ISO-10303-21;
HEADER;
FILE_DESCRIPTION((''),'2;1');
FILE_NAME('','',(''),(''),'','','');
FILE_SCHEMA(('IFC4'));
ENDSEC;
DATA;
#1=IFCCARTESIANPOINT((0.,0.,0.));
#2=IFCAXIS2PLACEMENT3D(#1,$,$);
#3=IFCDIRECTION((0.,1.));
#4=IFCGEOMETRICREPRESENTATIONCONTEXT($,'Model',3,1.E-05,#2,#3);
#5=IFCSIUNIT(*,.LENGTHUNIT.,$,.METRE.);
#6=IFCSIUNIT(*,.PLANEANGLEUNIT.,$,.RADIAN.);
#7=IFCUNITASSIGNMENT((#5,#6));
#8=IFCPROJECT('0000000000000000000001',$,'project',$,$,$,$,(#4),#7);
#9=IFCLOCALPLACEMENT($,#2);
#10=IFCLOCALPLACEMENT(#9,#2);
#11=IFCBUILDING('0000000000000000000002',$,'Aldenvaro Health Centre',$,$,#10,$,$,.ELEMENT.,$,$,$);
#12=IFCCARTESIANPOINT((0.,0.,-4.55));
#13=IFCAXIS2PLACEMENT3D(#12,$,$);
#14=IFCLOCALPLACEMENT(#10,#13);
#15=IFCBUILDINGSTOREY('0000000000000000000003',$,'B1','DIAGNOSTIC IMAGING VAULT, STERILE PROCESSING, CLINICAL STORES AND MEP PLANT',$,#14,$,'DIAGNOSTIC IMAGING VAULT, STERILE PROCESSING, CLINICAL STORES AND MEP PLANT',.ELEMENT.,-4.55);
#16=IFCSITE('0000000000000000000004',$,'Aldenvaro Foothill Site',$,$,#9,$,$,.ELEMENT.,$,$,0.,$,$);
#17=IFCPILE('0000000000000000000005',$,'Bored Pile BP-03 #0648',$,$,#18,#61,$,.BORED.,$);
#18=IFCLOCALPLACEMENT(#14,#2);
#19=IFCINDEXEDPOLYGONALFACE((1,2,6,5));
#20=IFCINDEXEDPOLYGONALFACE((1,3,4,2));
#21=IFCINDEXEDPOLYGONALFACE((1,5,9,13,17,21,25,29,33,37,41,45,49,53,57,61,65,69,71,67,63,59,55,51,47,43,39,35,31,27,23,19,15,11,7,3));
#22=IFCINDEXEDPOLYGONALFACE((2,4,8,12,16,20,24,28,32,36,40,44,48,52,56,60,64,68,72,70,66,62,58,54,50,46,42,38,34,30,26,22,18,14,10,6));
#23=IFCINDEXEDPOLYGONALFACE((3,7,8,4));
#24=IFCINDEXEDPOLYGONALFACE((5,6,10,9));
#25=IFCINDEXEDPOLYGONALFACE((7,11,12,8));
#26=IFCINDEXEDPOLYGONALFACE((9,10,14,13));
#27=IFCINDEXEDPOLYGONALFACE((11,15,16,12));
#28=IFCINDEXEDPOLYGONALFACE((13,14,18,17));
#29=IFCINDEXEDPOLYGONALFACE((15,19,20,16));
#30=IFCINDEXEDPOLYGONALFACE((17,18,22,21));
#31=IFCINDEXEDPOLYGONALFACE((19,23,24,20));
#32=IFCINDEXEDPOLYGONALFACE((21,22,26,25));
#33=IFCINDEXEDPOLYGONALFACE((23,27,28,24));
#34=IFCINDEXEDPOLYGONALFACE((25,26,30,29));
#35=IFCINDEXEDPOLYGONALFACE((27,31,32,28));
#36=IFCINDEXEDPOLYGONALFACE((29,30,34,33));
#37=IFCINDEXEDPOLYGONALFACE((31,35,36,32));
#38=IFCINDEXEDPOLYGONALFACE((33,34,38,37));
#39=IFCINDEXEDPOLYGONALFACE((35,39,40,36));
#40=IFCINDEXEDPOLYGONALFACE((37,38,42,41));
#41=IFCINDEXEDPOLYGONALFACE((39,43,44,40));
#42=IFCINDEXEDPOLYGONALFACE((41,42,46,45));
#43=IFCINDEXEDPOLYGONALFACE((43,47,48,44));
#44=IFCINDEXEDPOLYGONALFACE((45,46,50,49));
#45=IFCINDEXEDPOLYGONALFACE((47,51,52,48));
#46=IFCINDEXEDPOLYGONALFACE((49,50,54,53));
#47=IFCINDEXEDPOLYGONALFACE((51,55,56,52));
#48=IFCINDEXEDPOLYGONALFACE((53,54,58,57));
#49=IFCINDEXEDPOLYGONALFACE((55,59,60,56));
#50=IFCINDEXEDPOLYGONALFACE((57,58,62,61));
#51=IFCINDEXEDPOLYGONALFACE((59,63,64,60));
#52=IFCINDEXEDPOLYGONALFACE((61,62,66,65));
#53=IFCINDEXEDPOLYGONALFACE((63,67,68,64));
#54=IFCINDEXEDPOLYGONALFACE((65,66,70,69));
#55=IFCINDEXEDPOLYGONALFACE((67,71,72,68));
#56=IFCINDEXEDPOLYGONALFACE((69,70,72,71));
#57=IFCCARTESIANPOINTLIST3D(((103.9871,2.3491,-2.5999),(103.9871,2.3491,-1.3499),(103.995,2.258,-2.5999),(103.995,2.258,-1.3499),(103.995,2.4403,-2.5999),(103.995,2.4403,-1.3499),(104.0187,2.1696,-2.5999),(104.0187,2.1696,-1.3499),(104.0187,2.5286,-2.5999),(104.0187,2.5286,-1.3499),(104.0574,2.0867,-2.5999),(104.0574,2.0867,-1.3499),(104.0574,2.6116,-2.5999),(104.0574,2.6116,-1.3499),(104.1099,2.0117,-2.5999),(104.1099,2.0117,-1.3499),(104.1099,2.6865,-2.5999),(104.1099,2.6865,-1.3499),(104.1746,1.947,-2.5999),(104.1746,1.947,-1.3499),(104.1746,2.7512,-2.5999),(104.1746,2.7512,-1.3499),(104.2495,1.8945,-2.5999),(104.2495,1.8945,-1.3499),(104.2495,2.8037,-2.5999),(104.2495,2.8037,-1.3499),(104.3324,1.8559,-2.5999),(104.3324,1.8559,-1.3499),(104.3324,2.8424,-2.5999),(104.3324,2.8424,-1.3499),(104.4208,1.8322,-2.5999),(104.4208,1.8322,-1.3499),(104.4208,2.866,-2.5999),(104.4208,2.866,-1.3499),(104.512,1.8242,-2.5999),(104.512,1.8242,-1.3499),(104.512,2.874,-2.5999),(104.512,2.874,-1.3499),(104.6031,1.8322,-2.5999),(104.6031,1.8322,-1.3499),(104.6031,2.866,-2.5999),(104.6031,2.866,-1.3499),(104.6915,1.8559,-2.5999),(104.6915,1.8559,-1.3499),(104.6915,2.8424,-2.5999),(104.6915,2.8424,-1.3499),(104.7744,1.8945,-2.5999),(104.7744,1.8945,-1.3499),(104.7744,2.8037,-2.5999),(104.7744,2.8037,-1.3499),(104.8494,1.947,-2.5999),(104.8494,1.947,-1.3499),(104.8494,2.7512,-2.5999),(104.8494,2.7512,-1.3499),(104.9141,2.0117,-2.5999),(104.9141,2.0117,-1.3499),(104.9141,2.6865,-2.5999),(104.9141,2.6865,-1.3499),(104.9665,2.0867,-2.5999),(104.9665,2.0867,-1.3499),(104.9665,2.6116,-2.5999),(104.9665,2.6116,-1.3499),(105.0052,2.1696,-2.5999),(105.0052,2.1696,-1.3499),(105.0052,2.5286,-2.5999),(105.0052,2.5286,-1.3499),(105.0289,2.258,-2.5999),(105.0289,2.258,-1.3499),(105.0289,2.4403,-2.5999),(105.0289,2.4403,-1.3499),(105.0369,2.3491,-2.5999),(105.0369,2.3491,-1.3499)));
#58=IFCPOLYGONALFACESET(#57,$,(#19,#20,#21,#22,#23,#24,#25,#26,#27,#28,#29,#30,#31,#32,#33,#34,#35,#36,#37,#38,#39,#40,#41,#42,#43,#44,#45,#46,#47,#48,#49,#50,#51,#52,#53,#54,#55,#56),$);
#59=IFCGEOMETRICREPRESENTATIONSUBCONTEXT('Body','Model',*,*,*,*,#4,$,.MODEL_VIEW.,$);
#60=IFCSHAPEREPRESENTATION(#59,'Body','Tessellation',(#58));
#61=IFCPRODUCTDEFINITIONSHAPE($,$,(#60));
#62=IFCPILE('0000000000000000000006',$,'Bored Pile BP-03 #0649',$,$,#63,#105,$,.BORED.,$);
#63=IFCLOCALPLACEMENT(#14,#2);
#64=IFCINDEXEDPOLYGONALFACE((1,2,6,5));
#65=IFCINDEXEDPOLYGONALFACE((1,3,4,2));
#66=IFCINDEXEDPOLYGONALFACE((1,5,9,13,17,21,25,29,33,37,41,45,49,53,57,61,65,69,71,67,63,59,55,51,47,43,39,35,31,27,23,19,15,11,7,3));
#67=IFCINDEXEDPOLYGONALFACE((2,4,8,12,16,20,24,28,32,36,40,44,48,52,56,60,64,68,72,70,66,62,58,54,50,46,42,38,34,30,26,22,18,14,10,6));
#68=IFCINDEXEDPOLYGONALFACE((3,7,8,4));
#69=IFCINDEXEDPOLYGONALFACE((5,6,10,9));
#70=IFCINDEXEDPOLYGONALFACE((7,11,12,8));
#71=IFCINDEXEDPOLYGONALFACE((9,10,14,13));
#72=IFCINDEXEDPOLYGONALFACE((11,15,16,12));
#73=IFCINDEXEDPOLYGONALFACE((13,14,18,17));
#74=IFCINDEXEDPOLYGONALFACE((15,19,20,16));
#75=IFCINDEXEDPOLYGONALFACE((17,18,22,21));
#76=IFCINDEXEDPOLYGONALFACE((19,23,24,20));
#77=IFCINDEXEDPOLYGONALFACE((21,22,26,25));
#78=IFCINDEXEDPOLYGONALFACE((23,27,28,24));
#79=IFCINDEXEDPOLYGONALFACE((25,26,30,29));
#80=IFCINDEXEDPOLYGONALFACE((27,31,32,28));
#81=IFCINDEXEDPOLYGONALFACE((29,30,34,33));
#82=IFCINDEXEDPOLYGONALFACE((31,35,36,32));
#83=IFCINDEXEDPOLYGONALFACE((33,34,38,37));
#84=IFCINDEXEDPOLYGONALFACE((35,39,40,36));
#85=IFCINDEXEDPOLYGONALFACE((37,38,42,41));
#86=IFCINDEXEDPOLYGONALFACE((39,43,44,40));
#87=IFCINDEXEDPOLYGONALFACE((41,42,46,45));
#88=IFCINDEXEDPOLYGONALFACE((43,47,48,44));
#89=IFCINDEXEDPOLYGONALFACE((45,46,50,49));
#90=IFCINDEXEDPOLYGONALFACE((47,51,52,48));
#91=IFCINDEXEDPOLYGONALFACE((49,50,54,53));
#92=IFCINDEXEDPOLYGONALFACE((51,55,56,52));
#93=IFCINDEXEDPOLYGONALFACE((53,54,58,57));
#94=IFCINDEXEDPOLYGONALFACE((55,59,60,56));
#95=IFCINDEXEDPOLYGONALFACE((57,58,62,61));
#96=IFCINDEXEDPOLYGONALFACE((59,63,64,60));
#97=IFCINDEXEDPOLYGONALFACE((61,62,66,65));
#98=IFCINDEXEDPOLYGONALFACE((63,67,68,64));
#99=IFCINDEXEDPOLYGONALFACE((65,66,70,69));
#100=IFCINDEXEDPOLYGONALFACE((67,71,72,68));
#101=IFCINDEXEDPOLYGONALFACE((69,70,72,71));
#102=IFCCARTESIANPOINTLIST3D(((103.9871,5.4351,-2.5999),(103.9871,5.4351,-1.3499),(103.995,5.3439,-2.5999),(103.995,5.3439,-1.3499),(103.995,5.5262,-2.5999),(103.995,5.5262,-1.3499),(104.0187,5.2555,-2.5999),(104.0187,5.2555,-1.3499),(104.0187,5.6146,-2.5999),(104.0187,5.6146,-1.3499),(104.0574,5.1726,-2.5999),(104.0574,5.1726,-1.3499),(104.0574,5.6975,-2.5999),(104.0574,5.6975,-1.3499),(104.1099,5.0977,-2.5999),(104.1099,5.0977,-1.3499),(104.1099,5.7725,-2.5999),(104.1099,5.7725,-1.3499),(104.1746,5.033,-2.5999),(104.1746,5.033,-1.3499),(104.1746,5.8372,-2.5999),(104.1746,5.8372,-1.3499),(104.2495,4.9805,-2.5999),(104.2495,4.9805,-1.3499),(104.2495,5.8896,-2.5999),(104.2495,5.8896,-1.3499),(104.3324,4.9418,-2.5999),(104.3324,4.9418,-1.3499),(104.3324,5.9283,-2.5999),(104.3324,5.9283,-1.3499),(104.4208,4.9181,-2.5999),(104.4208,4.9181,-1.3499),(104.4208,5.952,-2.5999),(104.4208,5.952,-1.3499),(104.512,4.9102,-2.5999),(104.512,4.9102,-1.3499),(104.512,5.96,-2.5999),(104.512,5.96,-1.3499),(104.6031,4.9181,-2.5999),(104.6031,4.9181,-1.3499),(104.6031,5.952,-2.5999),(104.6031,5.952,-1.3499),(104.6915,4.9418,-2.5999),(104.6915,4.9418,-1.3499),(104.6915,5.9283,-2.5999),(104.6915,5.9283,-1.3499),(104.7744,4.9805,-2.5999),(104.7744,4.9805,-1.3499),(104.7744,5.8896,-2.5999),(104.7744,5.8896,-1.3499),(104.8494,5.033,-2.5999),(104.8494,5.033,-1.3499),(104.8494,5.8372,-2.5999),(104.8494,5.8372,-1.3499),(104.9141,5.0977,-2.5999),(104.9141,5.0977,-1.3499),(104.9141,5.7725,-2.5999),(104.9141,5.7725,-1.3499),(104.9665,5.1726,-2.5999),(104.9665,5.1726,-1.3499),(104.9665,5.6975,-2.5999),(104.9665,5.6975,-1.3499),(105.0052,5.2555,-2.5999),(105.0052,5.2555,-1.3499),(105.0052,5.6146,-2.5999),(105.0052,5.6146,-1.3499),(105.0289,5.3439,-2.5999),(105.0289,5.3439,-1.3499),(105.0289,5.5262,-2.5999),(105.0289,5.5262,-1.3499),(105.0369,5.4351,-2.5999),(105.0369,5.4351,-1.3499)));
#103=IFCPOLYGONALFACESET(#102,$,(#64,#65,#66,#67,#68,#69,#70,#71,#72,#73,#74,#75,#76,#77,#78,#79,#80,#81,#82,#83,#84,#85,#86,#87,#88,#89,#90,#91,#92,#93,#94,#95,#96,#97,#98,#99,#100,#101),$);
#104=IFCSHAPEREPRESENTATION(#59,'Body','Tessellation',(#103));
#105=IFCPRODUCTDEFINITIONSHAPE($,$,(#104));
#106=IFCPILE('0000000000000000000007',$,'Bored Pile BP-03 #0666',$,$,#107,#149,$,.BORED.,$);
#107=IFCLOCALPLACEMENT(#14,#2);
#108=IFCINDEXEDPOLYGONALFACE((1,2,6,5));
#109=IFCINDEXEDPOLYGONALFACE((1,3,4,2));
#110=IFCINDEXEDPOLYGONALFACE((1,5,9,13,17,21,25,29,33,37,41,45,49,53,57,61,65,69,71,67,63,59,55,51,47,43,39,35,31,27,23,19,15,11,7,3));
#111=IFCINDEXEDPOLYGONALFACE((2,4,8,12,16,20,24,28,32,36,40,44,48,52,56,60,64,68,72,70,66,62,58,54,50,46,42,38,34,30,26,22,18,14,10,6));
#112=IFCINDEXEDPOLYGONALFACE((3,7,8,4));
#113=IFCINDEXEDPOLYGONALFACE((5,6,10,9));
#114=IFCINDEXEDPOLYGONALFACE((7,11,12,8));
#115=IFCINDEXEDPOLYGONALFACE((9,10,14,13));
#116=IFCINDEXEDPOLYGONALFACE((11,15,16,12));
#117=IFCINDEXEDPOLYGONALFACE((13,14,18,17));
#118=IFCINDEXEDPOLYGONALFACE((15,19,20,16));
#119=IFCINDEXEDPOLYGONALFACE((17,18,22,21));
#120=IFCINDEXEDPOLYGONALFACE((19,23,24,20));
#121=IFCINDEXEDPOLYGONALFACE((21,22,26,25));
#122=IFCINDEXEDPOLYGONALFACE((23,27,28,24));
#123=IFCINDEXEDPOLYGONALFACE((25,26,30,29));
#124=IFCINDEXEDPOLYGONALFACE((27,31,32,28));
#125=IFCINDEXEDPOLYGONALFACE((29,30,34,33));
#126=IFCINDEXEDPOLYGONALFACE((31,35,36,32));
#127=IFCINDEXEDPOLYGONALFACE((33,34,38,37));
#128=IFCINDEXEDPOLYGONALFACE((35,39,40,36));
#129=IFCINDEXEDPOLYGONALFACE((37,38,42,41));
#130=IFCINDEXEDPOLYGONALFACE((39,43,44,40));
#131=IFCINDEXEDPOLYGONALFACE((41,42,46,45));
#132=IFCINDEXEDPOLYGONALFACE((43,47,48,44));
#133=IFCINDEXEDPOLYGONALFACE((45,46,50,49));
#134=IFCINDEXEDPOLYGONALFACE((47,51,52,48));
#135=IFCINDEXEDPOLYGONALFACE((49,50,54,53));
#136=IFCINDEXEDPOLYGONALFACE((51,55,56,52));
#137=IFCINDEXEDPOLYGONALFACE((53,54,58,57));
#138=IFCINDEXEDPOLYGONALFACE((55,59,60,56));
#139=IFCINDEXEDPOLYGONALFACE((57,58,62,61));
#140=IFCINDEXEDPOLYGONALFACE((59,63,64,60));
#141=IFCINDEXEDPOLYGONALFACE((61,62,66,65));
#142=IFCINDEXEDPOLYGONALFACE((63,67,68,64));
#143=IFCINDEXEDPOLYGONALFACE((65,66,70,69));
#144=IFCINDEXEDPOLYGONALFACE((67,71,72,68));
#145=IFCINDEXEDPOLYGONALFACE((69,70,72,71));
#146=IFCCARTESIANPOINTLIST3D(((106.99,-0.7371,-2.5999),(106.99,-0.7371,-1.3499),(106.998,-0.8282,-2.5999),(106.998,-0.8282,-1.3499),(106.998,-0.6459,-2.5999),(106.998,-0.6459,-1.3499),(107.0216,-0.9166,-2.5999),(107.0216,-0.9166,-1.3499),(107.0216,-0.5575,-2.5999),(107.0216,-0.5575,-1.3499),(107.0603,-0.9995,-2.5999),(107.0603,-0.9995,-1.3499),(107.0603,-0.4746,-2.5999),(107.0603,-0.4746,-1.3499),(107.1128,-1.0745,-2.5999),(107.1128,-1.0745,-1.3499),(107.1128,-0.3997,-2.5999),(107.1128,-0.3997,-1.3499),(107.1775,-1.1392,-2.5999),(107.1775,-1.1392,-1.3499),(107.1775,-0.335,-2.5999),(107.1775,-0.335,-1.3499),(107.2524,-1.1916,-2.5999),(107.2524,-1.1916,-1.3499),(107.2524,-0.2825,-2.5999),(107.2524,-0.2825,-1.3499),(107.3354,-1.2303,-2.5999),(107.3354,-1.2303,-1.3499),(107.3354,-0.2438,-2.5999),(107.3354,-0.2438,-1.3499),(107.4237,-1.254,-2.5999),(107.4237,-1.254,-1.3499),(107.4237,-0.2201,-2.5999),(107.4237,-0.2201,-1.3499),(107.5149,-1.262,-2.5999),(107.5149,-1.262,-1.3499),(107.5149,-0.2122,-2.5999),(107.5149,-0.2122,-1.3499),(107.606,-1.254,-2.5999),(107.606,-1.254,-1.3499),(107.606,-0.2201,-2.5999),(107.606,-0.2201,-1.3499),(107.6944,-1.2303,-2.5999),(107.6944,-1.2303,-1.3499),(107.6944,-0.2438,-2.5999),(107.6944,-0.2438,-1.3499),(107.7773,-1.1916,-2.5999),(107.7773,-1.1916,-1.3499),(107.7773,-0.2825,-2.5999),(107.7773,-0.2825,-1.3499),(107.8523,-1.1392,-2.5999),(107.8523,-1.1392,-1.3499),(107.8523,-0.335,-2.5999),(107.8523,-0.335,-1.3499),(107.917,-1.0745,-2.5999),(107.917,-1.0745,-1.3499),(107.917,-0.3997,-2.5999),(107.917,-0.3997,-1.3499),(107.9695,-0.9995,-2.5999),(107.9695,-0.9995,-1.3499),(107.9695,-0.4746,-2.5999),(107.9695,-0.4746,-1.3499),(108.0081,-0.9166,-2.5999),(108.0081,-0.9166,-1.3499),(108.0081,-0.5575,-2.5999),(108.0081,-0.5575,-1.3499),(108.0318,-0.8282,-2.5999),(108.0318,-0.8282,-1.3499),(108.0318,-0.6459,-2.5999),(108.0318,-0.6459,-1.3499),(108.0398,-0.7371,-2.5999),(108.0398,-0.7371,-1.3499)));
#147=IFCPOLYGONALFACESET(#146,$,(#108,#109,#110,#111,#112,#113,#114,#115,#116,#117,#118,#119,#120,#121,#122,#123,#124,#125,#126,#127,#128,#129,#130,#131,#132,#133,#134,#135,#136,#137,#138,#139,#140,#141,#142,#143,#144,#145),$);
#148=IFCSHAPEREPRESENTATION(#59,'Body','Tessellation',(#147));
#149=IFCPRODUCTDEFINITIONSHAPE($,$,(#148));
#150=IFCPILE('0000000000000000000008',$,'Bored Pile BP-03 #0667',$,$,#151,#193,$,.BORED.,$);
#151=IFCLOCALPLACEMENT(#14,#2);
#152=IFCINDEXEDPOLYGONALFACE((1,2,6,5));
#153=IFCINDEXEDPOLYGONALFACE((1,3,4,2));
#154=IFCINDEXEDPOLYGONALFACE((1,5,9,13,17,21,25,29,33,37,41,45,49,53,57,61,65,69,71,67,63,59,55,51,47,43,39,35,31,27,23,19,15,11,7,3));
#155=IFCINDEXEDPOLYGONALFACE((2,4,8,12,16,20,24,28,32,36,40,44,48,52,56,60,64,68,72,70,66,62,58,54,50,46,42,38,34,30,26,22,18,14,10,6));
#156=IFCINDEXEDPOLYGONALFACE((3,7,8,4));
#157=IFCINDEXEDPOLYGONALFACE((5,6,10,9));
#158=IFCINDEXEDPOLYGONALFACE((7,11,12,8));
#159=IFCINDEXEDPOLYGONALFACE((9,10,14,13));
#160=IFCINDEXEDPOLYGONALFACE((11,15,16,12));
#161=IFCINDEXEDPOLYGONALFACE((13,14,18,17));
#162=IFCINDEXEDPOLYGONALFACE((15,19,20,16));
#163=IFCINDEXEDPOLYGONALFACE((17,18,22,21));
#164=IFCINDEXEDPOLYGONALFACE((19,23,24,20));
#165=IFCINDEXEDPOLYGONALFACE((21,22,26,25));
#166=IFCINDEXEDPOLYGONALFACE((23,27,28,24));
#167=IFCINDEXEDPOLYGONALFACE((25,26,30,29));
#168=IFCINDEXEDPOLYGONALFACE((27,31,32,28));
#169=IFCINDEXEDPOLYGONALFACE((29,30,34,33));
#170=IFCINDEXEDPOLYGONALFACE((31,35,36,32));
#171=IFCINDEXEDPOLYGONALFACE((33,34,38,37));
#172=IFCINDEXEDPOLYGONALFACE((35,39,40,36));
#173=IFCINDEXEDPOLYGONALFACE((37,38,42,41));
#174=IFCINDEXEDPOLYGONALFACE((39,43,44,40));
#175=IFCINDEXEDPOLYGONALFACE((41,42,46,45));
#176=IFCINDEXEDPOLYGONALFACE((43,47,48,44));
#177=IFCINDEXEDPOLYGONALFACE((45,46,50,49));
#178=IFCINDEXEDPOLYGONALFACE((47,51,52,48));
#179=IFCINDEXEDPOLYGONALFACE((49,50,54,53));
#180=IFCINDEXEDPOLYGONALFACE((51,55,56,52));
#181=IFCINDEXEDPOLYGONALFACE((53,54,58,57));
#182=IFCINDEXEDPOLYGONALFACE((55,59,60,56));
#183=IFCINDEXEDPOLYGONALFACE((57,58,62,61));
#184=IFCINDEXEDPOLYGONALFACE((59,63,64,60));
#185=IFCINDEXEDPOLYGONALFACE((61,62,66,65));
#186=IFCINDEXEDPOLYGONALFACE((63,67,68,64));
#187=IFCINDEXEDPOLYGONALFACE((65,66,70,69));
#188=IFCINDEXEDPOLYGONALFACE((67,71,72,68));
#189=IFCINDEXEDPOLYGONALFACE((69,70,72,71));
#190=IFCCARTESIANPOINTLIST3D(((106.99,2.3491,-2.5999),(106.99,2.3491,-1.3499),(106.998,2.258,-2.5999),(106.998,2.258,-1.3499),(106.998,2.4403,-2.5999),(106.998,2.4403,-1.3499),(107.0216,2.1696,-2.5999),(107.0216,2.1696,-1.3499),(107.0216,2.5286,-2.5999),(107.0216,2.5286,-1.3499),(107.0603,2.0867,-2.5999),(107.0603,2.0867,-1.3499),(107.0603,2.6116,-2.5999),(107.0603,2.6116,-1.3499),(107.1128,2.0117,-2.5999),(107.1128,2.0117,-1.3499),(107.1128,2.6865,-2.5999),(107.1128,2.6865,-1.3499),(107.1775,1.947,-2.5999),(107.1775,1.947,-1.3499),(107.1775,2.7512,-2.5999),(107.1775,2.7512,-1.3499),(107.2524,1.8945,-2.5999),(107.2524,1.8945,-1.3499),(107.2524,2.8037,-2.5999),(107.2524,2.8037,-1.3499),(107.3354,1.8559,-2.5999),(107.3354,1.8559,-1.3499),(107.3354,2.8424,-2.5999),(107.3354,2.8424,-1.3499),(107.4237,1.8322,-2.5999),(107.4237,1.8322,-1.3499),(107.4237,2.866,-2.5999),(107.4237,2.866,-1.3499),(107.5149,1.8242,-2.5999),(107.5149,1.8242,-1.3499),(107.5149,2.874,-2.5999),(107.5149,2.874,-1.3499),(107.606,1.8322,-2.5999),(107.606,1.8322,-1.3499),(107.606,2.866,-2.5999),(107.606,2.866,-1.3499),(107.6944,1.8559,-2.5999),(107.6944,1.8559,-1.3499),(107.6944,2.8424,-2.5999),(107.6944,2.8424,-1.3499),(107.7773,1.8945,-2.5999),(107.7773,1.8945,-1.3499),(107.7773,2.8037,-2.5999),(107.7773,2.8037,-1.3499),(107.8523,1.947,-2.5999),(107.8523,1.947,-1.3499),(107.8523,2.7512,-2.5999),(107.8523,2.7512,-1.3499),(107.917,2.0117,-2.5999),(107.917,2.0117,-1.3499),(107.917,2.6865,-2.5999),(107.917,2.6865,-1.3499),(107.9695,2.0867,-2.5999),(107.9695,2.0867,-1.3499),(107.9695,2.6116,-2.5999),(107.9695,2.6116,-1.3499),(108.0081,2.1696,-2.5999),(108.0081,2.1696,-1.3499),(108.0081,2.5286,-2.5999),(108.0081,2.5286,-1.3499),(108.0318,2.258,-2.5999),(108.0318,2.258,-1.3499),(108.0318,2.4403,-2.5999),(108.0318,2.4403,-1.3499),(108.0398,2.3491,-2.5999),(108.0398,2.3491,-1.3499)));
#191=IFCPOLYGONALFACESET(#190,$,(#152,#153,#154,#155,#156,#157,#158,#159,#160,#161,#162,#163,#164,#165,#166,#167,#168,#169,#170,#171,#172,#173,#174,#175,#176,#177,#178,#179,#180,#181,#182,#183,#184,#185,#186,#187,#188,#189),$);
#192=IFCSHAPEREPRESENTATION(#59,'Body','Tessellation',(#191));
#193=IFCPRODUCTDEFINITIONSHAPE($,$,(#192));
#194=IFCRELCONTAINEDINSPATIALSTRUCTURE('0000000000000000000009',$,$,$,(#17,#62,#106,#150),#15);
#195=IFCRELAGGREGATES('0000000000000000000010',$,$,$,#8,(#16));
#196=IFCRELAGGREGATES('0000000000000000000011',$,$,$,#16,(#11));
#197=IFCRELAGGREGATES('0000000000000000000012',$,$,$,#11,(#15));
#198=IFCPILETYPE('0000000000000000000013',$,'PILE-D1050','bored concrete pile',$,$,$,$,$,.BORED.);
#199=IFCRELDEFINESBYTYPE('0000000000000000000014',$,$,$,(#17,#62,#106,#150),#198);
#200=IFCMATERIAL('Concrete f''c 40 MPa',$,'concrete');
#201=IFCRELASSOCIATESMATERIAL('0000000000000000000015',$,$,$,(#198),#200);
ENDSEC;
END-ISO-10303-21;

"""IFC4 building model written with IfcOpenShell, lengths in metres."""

from ifc_helpers import new_model, si_unit, direction, frame, origin, origin_2d, place, context, subcontext, project, spatial, circle, extrude, material, material_profile, profile_set, type_object, element, save


model = new_model("IFC4")

# Units and contexts
model_context = context("Model", 3, precision=1e-05, world=origin(), true_north=direction((0.0, 1.0)))
body_context = subcontext(model_context, "Body", "Model", "MODEL_VIEW")
ifc_project = project(units=[si_unit("LENGTHUNIT", "METRE"), si_unit("PLANEANGLEUNIT", "RADIAN")], contexts=[model_context])

# Site, building, storey
site_placement = place(None, origin())
site = spatial("IfcSite", under=ifc_project, at=site_placement, Name="Aldenvaro Foothill Site", CompositionType="ELEMENT", RefElevation=0.0)
building_placement = place(site_placement, origin())
building = spatial("IfcBuilding", under=site, at=building_placement, Name="Aldenvaro Health Centre", CompositionType="ELEMENT")
storey_placement = place(building_placement, frame((0.0, 0.0, -4.55)))
storey = spatial("IfcBuildingStorey", under=building, at=storey_placement, Name="B1", Description="DIAGNOSTIC IMAGING VAULT, STERILE PROCESSING, CLINICAL STORES AND MEP PLANT", LongName="DIAGNOSTIC IMAGING VAULT, STERILE PROCESSING, CLINICAL STORES AND MEP PLANT", CompositionType="ELEMENT", Elevation=-4.55)

# Piles
ifc_material = material(Name="Concrete f'c 40 MPa", Category="concrete")
ifc_material_profile_1 = material_profile(ifc_material, circle(Radius=0.5249, at=origin_2d()), Name="PILE D1050", Category="concrete")
ifc_profile_set_1 = profile_set([ifc_material_profile_1], Name="Concrete f'c 40 MPa")
pile_type = type_object("IfcPileType", Name="PILE-D1050", Description="bored concrete pile", PredefinedType="BORED", material=ifc_profile_set_1)
for number, where, z_axis, x_axis, name in (
    (1, (104.512, 2.3491, -1.3499), (0.0, 0.0, -1.0), (1.0, 0.0, 0.0), "Bored Pile BP-03 #0648"),
    (2, (104.512, 5.4351, -1.3499), (0.0, 0.0, -1.0), (1.0, 0.0, 0.0), "Bored Pile BP-03 #0649"),
    (3, (107.5149, -0.7371, -1.3499), (0.0, 0.0, -1.0), (1.0, 0.0, 0.0), "Bored Pile BP-03 #0666"),
    (4, (107.5149, 2.3491, -1.3499), (0.0, 0.0, -1.0), (1.0, 0.0, 0.0), "Bored Pile BP-03 #0667"),
):
    element("IfcPile", number, at=place(storey_placement, frame(where, z_axis=z_axis, x_axis=x_axis)), inside=storey, type_object=pile_type, Name=name, PredefinedType="BORED", context=body_context, shape_type="SweptSolid", body=[
        extrude(circle(Radius=0.5249, at=origin_2d()), origin(), (0.0, 0.0, 1.0), 1.25),
    ])

save(model, "model.ifc")
